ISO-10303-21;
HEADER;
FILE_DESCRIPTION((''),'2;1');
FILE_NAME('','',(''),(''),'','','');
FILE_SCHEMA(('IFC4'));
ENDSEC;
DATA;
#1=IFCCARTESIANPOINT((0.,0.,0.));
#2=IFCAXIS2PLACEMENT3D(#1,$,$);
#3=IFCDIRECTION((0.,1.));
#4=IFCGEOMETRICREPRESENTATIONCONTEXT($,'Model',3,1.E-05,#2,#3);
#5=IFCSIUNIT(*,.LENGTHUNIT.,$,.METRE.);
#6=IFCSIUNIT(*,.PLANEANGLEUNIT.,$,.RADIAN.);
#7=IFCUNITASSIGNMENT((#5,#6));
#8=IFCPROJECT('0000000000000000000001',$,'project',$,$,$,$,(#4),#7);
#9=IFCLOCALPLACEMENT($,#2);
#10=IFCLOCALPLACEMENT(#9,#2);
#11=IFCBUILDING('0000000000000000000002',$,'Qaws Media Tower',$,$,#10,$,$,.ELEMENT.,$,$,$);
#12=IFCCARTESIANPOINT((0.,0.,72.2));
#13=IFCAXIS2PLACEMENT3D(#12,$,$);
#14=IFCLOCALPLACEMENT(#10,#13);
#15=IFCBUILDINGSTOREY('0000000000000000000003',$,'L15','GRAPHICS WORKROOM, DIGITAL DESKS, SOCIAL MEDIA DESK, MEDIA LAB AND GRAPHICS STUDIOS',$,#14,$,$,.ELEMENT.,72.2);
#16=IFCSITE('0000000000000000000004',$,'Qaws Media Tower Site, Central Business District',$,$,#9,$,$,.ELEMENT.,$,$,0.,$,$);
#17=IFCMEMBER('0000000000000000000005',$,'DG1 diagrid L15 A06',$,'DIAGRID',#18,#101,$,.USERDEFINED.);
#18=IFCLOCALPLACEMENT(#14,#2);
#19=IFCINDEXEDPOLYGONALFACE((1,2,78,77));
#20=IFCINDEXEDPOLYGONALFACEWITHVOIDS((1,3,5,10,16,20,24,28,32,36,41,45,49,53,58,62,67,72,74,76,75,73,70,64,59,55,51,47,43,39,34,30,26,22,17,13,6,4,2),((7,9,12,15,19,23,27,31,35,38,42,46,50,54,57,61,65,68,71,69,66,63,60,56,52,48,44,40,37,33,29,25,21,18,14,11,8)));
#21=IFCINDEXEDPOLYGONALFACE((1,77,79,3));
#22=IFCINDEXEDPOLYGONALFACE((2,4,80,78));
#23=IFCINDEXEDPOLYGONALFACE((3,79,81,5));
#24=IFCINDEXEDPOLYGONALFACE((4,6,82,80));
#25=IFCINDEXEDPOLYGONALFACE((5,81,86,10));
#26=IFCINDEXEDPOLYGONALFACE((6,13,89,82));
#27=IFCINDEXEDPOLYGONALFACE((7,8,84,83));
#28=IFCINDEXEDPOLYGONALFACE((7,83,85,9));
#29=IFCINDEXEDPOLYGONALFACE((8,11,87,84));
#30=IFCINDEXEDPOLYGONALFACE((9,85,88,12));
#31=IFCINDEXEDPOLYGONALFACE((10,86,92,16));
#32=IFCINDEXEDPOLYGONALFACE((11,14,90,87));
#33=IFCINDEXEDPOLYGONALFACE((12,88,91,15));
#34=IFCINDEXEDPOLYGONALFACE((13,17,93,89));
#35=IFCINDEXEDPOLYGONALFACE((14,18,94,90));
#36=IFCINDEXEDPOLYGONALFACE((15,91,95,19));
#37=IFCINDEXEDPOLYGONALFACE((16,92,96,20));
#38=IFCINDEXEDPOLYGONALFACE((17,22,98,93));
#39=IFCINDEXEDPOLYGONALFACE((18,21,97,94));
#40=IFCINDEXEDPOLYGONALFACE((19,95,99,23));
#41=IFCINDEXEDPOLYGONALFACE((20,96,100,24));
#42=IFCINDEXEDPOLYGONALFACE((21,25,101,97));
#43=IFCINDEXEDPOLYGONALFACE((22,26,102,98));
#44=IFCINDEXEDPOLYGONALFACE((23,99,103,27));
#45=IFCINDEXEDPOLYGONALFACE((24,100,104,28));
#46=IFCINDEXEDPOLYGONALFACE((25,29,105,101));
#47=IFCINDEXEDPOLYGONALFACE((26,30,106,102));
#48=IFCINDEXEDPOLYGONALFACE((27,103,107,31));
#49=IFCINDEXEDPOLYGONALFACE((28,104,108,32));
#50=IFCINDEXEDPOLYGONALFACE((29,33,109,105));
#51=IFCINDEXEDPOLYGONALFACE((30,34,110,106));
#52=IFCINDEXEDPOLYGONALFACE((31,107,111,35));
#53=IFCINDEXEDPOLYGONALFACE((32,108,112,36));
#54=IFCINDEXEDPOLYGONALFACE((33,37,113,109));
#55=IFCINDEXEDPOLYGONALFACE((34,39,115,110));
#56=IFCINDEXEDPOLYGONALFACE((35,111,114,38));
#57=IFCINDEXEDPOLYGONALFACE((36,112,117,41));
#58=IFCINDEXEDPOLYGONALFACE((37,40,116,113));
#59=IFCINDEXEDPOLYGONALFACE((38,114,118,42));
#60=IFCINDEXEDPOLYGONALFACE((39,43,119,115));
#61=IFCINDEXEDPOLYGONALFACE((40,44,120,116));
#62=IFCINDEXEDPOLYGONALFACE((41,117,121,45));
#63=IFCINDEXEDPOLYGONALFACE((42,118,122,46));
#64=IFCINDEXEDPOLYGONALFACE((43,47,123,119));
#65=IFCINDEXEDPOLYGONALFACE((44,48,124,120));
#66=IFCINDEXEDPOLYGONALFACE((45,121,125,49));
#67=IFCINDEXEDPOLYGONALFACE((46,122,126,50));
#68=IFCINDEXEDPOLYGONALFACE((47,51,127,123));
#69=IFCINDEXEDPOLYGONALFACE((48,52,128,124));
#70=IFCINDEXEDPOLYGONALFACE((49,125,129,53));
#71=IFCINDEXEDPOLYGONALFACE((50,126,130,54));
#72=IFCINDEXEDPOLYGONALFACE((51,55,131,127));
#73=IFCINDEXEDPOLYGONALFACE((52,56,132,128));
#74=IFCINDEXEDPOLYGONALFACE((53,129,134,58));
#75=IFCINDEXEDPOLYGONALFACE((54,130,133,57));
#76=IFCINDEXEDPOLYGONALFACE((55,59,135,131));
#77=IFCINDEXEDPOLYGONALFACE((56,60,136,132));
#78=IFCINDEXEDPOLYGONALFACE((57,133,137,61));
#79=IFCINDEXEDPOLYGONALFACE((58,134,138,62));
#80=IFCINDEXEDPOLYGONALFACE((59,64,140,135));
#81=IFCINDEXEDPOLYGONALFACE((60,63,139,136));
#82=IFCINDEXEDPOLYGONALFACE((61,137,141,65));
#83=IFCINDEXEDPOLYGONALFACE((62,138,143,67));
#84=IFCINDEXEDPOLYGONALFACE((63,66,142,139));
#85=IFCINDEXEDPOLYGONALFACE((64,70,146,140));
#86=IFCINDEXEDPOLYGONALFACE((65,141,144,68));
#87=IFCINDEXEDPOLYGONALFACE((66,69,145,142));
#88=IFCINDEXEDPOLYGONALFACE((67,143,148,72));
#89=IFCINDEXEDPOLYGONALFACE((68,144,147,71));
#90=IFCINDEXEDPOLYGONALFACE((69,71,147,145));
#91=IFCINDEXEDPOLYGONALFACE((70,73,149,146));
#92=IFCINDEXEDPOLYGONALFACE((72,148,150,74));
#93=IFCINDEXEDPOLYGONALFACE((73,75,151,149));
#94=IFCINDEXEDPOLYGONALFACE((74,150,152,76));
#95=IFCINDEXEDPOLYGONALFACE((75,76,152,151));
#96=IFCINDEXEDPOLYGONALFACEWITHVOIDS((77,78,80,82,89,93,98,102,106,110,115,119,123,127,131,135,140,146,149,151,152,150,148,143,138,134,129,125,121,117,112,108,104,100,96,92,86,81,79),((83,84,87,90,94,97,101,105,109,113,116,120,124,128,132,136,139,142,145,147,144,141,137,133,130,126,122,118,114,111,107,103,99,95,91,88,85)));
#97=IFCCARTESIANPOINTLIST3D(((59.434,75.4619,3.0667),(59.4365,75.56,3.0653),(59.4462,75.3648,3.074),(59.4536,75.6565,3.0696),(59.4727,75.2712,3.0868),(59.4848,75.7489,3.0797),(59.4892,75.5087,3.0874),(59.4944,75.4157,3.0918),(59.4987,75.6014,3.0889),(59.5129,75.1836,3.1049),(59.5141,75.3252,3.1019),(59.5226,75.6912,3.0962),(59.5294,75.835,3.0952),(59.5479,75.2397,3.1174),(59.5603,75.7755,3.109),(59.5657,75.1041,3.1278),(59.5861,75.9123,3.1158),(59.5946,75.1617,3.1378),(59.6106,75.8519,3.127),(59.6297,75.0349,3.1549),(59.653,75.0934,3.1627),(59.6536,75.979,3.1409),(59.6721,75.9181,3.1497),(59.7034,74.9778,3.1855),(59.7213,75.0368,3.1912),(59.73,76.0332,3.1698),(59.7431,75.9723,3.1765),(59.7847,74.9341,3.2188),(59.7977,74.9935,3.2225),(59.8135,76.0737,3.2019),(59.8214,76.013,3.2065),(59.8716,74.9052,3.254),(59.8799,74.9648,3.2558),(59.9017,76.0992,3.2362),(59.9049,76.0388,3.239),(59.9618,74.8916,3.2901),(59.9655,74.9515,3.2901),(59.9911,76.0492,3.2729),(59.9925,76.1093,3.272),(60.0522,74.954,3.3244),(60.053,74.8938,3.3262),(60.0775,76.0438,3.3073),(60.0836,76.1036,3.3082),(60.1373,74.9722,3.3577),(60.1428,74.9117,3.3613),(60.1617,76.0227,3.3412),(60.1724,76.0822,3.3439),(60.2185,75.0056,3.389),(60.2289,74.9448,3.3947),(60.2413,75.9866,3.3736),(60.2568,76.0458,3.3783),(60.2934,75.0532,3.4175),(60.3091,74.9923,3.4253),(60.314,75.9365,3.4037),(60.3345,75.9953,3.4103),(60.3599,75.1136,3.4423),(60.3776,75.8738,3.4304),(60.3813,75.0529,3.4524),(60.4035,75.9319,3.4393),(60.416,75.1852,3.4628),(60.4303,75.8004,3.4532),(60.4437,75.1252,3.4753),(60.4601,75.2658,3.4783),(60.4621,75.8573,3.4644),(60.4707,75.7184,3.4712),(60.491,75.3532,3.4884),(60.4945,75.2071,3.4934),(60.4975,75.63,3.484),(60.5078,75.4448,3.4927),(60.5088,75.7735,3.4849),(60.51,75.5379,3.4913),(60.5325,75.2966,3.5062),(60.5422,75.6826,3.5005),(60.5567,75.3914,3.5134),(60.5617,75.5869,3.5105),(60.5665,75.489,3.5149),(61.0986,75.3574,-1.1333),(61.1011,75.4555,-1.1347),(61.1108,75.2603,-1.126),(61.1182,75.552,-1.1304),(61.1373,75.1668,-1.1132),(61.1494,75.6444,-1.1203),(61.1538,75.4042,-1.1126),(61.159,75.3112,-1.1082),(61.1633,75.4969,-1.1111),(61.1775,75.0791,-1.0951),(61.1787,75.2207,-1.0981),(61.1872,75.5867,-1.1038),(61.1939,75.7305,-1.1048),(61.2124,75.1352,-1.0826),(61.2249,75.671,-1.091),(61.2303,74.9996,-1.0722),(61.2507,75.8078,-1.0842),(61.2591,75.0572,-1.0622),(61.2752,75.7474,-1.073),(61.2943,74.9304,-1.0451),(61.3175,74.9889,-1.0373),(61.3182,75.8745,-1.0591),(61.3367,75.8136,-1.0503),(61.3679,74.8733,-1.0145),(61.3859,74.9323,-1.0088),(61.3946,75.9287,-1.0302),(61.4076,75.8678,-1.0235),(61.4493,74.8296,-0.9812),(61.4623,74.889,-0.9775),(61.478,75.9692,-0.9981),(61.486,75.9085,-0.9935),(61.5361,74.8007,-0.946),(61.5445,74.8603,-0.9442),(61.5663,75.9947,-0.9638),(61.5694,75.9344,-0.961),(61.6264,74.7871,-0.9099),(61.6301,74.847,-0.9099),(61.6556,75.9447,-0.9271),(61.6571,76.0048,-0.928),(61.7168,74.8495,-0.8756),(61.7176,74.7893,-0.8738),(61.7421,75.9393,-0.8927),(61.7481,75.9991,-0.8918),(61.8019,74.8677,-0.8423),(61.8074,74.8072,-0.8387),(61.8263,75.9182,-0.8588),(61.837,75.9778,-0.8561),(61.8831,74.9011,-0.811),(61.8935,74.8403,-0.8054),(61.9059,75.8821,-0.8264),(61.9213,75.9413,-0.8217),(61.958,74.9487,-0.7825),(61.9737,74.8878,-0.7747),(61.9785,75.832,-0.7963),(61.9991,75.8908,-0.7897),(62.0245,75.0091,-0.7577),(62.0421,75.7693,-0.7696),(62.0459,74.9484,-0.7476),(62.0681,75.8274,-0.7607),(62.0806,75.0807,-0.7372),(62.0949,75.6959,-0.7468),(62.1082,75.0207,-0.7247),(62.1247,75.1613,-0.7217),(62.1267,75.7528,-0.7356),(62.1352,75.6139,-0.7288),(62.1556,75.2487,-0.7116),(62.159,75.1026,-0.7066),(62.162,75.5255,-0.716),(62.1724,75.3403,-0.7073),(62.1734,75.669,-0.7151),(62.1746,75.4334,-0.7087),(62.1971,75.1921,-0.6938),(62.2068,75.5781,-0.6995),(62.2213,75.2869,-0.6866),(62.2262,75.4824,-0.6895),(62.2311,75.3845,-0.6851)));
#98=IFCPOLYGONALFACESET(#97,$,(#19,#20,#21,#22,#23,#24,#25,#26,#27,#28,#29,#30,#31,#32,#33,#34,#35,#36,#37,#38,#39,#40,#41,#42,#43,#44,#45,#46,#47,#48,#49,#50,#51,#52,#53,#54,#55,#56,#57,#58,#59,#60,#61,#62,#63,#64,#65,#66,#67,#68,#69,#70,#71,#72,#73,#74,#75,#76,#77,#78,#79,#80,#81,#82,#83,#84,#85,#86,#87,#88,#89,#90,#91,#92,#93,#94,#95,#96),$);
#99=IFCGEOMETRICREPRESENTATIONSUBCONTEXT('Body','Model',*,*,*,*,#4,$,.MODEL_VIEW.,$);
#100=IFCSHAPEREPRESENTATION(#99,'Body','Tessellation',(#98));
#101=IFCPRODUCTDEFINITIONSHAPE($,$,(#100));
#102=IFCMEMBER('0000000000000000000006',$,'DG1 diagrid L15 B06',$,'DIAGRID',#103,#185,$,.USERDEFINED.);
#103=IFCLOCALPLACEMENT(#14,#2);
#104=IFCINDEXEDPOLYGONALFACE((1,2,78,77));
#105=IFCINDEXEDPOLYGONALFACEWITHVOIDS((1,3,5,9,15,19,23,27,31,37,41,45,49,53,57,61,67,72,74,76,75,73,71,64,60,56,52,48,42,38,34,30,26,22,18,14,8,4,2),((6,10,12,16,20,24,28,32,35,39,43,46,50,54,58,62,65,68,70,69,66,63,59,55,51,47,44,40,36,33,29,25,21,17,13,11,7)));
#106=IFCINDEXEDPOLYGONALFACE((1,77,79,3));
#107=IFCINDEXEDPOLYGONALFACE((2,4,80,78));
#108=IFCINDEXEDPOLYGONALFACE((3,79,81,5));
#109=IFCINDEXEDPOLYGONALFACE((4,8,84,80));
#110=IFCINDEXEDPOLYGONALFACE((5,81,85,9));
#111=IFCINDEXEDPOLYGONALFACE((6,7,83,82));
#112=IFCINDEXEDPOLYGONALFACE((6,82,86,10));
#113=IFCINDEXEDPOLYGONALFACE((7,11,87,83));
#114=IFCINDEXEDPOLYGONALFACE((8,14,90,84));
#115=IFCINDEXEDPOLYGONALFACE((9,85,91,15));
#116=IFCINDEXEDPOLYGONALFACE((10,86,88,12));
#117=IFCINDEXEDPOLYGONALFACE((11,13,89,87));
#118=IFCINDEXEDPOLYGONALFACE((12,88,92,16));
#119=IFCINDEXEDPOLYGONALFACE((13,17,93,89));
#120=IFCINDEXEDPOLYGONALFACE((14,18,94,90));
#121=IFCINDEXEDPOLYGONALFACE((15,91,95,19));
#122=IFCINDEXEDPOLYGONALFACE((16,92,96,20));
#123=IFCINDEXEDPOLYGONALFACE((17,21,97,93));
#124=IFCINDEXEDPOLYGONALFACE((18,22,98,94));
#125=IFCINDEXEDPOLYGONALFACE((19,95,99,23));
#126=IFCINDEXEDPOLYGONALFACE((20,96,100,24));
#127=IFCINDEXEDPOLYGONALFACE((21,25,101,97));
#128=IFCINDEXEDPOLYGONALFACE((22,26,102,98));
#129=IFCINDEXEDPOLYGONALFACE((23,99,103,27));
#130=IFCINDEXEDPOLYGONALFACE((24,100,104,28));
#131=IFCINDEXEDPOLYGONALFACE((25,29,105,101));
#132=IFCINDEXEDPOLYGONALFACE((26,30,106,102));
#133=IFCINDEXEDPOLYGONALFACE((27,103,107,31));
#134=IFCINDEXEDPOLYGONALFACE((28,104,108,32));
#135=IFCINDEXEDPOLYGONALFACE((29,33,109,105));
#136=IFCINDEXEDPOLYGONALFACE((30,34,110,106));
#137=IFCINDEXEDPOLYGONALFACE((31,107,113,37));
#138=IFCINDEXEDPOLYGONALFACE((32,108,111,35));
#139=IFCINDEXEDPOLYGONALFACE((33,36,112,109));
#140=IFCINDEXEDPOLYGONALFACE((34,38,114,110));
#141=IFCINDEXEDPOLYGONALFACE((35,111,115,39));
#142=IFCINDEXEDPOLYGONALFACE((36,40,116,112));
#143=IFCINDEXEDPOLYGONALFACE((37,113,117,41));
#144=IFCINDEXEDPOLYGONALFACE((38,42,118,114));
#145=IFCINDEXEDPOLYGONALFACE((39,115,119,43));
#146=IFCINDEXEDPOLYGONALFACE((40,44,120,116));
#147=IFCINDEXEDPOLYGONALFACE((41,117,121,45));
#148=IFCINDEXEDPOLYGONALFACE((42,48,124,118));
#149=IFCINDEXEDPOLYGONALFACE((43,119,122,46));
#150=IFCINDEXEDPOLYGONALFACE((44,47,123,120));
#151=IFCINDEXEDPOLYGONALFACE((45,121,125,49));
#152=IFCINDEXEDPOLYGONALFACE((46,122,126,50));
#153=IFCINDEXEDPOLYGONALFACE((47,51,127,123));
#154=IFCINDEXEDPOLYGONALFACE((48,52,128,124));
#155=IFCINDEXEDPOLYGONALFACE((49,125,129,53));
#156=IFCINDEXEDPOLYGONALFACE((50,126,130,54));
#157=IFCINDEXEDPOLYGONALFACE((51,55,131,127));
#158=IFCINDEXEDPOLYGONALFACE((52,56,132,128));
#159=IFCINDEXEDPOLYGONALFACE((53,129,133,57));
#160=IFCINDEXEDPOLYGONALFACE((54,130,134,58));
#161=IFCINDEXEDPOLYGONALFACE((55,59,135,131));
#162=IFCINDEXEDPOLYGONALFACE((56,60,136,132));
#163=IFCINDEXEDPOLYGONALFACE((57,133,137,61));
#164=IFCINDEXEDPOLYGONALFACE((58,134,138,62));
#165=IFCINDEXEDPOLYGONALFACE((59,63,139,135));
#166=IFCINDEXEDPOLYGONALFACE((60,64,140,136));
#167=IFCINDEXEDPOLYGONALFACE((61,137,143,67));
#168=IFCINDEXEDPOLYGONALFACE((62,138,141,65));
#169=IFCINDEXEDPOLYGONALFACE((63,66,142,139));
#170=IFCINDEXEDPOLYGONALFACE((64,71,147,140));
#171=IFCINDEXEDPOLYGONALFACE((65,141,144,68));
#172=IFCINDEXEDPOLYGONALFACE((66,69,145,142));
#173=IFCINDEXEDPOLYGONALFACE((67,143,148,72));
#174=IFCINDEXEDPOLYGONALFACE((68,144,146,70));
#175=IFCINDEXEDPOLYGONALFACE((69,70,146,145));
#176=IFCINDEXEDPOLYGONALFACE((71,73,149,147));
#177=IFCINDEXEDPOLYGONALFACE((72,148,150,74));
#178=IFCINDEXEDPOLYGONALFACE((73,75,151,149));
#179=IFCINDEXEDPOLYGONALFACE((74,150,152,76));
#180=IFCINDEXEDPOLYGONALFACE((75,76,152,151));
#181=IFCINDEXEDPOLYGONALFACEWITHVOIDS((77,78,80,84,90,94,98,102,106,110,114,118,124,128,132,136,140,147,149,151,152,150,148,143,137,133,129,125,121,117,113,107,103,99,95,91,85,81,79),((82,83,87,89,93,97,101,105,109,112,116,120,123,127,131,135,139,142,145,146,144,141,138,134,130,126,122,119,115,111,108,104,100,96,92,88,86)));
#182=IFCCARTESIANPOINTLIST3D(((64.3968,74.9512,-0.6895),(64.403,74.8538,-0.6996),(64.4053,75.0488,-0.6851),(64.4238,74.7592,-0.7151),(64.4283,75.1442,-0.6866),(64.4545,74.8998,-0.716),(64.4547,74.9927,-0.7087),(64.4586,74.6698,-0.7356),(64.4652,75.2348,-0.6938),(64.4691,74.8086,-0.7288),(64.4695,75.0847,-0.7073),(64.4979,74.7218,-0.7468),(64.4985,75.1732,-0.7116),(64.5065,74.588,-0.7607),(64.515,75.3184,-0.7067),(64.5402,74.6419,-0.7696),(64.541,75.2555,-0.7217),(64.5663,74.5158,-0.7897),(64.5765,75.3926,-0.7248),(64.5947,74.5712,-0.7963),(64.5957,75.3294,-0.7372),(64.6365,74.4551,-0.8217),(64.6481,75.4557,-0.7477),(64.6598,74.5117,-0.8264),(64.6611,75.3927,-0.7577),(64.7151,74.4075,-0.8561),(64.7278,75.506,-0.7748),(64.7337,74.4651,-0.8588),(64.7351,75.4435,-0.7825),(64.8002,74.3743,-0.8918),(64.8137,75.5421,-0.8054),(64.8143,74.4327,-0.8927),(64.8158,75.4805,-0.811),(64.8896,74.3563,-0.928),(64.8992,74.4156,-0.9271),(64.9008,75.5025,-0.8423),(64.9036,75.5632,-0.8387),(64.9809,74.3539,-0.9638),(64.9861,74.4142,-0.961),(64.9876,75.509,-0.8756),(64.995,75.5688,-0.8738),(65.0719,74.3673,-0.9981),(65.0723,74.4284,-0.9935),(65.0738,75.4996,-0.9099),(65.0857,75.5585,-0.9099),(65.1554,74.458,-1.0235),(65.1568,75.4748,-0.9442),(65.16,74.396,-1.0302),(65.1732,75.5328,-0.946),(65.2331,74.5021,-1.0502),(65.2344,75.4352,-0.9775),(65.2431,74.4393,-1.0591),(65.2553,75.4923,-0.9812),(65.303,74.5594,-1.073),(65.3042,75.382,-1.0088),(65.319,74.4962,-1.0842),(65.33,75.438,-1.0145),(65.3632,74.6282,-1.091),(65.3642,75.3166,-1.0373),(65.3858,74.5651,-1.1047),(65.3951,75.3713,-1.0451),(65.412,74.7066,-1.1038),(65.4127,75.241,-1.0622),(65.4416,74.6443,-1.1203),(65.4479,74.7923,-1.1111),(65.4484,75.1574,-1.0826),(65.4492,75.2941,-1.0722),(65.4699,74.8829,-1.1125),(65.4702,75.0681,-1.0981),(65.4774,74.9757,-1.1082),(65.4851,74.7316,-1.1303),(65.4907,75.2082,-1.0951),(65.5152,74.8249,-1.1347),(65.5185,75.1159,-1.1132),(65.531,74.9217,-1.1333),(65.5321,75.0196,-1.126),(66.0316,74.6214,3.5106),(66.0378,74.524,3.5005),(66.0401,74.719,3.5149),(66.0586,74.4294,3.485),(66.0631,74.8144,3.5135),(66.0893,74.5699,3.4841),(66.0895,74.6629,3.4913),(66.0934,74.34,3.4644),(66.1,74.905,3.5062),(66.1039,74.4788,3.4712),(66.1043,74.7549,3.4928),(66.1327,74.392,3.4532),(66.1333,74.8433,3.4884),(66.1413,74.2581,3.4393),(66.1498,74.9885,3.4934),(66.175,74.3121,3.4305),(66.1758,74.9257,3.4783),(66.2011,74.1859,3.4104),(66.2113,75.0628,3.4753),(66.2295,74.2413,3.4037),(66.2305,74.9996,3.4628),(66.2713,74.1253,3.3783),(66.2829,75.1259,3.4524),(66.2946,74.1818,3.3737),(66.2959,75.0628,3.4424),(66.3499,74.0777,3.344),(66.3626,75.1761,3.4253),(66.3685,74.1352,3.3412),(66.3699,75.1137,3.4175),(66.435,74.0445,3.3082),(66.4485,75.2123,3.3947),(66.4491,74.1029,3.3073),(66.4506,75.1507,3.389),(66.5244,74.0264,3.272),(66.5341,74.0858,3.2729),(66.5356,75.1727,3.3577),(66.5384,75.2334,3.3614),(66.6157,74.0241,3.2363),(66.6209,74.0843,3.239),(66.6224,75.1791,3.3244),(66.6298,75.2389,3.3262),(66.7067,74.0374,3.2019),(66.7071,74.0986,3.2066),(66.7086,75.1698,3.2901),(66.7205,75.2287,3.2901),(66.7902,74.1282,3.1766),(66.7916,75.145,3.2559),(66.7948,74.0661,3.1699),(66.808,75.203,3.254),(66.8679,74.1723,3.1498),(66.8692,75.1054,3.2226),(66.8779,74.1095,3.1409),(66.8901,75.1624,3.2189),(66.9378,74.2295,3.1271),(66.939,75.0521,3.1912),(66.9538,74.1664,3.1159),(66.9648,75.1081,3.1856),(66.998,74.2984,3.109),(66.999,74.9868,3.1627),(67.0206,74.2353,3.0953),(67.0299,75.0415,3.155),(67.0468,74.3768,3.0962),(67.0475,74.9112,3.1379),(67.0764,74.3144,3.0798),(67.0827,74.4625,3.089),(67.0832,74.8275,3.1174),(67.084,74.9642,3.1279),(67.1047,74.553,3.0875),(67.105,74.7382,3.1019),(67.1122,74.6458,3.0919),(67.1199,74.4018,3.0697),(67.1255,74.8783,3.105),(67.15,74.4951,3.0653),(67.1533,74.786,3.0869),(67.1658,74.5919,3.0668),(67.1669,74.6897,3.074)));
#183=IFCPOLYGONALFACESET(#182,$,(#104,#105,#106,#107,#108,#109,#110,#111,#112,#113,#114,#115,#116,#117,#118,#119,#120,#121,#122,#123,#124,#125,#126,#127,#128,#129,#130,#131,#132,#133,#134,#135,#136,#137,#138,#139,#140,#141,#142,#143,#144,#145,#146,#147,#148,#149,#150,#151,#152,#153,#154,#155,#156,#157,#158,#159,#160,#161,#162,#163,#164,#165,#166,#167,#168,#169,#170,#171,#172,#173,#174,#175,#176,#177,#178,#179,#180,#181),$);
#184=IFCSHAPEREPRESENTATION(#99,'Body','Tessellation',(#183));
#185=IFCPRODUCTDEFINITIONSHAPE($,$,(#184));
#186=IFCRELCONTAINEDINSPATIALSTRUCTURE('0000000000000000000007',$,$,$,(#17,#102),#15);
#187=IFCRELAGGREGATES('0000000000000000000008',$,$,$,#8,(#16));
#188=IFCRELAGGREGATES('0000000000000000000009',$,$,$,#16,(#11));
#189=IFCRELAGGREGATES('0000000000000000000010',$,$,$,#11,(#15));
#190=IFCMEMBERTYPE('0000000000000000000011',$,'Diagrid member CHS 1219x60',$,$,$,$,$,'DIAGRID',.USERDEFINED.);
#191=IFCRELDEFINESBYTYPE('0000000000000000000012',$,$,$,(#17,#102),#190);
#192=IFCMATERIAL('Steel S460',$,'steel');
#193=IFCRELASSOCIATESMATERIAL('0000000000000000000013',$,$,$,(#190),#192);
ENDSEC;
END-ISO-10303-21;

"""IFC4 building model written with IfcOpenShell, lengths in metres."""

from ifc_helpers import new_model, si_unit, direction, frame, origin, origin_2d, place, context, subcontext, project, spatial, hollow_circle, extrude, material, material_profile, profile_set, type_object, element, save


model = new_model("IFC4")

# Units and contexts
model_context = context("Model", 3, precision=1e-05, world=origin(), true_north=direction((0.0, 1.0)))
body_context = subcontext(model_context, "Body", "Model", "MODEL_VIEW")
ifc_project = project(units=[si_unit("LENGTHUNIT", "METRE"), si_unit("PLANEANGLEUNIT", "RADIAN")], contexts=[model_context])

# Site, building, storey
site_placement = place(None, origin())
site = spatial("IfcSite", under=ifc_project, at=site_placement, Name="Qaws Media Tower Site, Central Business District", CompositionType="ELEMENT", RefElevation=0.0)
building_placement = place(site_placement, origin())
building = spatial("IfcBuilding", under=site, at=building_placement, Name="Qaws Media Tower", CompositionType="ELEMENT")
storey_placement = place(building_placement, frame((0.0, 0.0, 72.2)))
storey = spatial("IfcBuildingStorey", under=building, at=storey_placement, Name="L15", Description="GRAPHICS WORKROOM, DIGITAL DESKS, SOCIAL MEDIA DESK, MEDIA LAB AND GRAPHICS STUDIOS", CompositionType="ELEMENT", Elevation=72.2)

# Members
ifc_material_1 = material(Name="Steel S460", Category="steel")
ifc_material_profile_1 = material_profile(ifc_material_1, hollow_circle(Radius=0.6096, WallThickness=0.0601, at=origin_2d()), Name="CHS 1219x60")
ifc_profile_set_1 = profile_set([ifc_material_profile_1], Name="Steel S460")
member_type_1 = type_object("IfcMemberType", Name="Diagrid member CHS 1219x60", ElementType="DIAGRID", PredefinedType="USERDEFINED", material=ifc_profile_set_1)
for number, where, z_axis, x_axis, name in (
    (1, (61.6646, 75.3955, -0.9099), (-0.368346, 0.023123, 0.929401), (-0.062652, -0.998035, 0.0), "DG1 diagrid L15 A06"),
    (2, (64.9651, 74.9609, -0.9099), (0.361758, -0.072989, 0.92941), (0.197777, 0.980247, 0.0), "DG1 diagrid L15 B06"),
):
    element("IfcMember", number, at=place(storey_placement, frame(where, z_axis=z_axis, x_axis=x_axis)), inside=storey, type_object=member_type_1, Name=name, ObjectType="DIAGRID", PredefinedType="USERDEFINED", context=body_context, shape_type="SweptSolid", body=[
        extrude(hollow_circle(Radius=0.6096, WallThickness=0.0601, at=origin_2d()), origin(), (0.0, 0.0, 1.0), 4.519),
    ])

save(model, "model.ifc")
